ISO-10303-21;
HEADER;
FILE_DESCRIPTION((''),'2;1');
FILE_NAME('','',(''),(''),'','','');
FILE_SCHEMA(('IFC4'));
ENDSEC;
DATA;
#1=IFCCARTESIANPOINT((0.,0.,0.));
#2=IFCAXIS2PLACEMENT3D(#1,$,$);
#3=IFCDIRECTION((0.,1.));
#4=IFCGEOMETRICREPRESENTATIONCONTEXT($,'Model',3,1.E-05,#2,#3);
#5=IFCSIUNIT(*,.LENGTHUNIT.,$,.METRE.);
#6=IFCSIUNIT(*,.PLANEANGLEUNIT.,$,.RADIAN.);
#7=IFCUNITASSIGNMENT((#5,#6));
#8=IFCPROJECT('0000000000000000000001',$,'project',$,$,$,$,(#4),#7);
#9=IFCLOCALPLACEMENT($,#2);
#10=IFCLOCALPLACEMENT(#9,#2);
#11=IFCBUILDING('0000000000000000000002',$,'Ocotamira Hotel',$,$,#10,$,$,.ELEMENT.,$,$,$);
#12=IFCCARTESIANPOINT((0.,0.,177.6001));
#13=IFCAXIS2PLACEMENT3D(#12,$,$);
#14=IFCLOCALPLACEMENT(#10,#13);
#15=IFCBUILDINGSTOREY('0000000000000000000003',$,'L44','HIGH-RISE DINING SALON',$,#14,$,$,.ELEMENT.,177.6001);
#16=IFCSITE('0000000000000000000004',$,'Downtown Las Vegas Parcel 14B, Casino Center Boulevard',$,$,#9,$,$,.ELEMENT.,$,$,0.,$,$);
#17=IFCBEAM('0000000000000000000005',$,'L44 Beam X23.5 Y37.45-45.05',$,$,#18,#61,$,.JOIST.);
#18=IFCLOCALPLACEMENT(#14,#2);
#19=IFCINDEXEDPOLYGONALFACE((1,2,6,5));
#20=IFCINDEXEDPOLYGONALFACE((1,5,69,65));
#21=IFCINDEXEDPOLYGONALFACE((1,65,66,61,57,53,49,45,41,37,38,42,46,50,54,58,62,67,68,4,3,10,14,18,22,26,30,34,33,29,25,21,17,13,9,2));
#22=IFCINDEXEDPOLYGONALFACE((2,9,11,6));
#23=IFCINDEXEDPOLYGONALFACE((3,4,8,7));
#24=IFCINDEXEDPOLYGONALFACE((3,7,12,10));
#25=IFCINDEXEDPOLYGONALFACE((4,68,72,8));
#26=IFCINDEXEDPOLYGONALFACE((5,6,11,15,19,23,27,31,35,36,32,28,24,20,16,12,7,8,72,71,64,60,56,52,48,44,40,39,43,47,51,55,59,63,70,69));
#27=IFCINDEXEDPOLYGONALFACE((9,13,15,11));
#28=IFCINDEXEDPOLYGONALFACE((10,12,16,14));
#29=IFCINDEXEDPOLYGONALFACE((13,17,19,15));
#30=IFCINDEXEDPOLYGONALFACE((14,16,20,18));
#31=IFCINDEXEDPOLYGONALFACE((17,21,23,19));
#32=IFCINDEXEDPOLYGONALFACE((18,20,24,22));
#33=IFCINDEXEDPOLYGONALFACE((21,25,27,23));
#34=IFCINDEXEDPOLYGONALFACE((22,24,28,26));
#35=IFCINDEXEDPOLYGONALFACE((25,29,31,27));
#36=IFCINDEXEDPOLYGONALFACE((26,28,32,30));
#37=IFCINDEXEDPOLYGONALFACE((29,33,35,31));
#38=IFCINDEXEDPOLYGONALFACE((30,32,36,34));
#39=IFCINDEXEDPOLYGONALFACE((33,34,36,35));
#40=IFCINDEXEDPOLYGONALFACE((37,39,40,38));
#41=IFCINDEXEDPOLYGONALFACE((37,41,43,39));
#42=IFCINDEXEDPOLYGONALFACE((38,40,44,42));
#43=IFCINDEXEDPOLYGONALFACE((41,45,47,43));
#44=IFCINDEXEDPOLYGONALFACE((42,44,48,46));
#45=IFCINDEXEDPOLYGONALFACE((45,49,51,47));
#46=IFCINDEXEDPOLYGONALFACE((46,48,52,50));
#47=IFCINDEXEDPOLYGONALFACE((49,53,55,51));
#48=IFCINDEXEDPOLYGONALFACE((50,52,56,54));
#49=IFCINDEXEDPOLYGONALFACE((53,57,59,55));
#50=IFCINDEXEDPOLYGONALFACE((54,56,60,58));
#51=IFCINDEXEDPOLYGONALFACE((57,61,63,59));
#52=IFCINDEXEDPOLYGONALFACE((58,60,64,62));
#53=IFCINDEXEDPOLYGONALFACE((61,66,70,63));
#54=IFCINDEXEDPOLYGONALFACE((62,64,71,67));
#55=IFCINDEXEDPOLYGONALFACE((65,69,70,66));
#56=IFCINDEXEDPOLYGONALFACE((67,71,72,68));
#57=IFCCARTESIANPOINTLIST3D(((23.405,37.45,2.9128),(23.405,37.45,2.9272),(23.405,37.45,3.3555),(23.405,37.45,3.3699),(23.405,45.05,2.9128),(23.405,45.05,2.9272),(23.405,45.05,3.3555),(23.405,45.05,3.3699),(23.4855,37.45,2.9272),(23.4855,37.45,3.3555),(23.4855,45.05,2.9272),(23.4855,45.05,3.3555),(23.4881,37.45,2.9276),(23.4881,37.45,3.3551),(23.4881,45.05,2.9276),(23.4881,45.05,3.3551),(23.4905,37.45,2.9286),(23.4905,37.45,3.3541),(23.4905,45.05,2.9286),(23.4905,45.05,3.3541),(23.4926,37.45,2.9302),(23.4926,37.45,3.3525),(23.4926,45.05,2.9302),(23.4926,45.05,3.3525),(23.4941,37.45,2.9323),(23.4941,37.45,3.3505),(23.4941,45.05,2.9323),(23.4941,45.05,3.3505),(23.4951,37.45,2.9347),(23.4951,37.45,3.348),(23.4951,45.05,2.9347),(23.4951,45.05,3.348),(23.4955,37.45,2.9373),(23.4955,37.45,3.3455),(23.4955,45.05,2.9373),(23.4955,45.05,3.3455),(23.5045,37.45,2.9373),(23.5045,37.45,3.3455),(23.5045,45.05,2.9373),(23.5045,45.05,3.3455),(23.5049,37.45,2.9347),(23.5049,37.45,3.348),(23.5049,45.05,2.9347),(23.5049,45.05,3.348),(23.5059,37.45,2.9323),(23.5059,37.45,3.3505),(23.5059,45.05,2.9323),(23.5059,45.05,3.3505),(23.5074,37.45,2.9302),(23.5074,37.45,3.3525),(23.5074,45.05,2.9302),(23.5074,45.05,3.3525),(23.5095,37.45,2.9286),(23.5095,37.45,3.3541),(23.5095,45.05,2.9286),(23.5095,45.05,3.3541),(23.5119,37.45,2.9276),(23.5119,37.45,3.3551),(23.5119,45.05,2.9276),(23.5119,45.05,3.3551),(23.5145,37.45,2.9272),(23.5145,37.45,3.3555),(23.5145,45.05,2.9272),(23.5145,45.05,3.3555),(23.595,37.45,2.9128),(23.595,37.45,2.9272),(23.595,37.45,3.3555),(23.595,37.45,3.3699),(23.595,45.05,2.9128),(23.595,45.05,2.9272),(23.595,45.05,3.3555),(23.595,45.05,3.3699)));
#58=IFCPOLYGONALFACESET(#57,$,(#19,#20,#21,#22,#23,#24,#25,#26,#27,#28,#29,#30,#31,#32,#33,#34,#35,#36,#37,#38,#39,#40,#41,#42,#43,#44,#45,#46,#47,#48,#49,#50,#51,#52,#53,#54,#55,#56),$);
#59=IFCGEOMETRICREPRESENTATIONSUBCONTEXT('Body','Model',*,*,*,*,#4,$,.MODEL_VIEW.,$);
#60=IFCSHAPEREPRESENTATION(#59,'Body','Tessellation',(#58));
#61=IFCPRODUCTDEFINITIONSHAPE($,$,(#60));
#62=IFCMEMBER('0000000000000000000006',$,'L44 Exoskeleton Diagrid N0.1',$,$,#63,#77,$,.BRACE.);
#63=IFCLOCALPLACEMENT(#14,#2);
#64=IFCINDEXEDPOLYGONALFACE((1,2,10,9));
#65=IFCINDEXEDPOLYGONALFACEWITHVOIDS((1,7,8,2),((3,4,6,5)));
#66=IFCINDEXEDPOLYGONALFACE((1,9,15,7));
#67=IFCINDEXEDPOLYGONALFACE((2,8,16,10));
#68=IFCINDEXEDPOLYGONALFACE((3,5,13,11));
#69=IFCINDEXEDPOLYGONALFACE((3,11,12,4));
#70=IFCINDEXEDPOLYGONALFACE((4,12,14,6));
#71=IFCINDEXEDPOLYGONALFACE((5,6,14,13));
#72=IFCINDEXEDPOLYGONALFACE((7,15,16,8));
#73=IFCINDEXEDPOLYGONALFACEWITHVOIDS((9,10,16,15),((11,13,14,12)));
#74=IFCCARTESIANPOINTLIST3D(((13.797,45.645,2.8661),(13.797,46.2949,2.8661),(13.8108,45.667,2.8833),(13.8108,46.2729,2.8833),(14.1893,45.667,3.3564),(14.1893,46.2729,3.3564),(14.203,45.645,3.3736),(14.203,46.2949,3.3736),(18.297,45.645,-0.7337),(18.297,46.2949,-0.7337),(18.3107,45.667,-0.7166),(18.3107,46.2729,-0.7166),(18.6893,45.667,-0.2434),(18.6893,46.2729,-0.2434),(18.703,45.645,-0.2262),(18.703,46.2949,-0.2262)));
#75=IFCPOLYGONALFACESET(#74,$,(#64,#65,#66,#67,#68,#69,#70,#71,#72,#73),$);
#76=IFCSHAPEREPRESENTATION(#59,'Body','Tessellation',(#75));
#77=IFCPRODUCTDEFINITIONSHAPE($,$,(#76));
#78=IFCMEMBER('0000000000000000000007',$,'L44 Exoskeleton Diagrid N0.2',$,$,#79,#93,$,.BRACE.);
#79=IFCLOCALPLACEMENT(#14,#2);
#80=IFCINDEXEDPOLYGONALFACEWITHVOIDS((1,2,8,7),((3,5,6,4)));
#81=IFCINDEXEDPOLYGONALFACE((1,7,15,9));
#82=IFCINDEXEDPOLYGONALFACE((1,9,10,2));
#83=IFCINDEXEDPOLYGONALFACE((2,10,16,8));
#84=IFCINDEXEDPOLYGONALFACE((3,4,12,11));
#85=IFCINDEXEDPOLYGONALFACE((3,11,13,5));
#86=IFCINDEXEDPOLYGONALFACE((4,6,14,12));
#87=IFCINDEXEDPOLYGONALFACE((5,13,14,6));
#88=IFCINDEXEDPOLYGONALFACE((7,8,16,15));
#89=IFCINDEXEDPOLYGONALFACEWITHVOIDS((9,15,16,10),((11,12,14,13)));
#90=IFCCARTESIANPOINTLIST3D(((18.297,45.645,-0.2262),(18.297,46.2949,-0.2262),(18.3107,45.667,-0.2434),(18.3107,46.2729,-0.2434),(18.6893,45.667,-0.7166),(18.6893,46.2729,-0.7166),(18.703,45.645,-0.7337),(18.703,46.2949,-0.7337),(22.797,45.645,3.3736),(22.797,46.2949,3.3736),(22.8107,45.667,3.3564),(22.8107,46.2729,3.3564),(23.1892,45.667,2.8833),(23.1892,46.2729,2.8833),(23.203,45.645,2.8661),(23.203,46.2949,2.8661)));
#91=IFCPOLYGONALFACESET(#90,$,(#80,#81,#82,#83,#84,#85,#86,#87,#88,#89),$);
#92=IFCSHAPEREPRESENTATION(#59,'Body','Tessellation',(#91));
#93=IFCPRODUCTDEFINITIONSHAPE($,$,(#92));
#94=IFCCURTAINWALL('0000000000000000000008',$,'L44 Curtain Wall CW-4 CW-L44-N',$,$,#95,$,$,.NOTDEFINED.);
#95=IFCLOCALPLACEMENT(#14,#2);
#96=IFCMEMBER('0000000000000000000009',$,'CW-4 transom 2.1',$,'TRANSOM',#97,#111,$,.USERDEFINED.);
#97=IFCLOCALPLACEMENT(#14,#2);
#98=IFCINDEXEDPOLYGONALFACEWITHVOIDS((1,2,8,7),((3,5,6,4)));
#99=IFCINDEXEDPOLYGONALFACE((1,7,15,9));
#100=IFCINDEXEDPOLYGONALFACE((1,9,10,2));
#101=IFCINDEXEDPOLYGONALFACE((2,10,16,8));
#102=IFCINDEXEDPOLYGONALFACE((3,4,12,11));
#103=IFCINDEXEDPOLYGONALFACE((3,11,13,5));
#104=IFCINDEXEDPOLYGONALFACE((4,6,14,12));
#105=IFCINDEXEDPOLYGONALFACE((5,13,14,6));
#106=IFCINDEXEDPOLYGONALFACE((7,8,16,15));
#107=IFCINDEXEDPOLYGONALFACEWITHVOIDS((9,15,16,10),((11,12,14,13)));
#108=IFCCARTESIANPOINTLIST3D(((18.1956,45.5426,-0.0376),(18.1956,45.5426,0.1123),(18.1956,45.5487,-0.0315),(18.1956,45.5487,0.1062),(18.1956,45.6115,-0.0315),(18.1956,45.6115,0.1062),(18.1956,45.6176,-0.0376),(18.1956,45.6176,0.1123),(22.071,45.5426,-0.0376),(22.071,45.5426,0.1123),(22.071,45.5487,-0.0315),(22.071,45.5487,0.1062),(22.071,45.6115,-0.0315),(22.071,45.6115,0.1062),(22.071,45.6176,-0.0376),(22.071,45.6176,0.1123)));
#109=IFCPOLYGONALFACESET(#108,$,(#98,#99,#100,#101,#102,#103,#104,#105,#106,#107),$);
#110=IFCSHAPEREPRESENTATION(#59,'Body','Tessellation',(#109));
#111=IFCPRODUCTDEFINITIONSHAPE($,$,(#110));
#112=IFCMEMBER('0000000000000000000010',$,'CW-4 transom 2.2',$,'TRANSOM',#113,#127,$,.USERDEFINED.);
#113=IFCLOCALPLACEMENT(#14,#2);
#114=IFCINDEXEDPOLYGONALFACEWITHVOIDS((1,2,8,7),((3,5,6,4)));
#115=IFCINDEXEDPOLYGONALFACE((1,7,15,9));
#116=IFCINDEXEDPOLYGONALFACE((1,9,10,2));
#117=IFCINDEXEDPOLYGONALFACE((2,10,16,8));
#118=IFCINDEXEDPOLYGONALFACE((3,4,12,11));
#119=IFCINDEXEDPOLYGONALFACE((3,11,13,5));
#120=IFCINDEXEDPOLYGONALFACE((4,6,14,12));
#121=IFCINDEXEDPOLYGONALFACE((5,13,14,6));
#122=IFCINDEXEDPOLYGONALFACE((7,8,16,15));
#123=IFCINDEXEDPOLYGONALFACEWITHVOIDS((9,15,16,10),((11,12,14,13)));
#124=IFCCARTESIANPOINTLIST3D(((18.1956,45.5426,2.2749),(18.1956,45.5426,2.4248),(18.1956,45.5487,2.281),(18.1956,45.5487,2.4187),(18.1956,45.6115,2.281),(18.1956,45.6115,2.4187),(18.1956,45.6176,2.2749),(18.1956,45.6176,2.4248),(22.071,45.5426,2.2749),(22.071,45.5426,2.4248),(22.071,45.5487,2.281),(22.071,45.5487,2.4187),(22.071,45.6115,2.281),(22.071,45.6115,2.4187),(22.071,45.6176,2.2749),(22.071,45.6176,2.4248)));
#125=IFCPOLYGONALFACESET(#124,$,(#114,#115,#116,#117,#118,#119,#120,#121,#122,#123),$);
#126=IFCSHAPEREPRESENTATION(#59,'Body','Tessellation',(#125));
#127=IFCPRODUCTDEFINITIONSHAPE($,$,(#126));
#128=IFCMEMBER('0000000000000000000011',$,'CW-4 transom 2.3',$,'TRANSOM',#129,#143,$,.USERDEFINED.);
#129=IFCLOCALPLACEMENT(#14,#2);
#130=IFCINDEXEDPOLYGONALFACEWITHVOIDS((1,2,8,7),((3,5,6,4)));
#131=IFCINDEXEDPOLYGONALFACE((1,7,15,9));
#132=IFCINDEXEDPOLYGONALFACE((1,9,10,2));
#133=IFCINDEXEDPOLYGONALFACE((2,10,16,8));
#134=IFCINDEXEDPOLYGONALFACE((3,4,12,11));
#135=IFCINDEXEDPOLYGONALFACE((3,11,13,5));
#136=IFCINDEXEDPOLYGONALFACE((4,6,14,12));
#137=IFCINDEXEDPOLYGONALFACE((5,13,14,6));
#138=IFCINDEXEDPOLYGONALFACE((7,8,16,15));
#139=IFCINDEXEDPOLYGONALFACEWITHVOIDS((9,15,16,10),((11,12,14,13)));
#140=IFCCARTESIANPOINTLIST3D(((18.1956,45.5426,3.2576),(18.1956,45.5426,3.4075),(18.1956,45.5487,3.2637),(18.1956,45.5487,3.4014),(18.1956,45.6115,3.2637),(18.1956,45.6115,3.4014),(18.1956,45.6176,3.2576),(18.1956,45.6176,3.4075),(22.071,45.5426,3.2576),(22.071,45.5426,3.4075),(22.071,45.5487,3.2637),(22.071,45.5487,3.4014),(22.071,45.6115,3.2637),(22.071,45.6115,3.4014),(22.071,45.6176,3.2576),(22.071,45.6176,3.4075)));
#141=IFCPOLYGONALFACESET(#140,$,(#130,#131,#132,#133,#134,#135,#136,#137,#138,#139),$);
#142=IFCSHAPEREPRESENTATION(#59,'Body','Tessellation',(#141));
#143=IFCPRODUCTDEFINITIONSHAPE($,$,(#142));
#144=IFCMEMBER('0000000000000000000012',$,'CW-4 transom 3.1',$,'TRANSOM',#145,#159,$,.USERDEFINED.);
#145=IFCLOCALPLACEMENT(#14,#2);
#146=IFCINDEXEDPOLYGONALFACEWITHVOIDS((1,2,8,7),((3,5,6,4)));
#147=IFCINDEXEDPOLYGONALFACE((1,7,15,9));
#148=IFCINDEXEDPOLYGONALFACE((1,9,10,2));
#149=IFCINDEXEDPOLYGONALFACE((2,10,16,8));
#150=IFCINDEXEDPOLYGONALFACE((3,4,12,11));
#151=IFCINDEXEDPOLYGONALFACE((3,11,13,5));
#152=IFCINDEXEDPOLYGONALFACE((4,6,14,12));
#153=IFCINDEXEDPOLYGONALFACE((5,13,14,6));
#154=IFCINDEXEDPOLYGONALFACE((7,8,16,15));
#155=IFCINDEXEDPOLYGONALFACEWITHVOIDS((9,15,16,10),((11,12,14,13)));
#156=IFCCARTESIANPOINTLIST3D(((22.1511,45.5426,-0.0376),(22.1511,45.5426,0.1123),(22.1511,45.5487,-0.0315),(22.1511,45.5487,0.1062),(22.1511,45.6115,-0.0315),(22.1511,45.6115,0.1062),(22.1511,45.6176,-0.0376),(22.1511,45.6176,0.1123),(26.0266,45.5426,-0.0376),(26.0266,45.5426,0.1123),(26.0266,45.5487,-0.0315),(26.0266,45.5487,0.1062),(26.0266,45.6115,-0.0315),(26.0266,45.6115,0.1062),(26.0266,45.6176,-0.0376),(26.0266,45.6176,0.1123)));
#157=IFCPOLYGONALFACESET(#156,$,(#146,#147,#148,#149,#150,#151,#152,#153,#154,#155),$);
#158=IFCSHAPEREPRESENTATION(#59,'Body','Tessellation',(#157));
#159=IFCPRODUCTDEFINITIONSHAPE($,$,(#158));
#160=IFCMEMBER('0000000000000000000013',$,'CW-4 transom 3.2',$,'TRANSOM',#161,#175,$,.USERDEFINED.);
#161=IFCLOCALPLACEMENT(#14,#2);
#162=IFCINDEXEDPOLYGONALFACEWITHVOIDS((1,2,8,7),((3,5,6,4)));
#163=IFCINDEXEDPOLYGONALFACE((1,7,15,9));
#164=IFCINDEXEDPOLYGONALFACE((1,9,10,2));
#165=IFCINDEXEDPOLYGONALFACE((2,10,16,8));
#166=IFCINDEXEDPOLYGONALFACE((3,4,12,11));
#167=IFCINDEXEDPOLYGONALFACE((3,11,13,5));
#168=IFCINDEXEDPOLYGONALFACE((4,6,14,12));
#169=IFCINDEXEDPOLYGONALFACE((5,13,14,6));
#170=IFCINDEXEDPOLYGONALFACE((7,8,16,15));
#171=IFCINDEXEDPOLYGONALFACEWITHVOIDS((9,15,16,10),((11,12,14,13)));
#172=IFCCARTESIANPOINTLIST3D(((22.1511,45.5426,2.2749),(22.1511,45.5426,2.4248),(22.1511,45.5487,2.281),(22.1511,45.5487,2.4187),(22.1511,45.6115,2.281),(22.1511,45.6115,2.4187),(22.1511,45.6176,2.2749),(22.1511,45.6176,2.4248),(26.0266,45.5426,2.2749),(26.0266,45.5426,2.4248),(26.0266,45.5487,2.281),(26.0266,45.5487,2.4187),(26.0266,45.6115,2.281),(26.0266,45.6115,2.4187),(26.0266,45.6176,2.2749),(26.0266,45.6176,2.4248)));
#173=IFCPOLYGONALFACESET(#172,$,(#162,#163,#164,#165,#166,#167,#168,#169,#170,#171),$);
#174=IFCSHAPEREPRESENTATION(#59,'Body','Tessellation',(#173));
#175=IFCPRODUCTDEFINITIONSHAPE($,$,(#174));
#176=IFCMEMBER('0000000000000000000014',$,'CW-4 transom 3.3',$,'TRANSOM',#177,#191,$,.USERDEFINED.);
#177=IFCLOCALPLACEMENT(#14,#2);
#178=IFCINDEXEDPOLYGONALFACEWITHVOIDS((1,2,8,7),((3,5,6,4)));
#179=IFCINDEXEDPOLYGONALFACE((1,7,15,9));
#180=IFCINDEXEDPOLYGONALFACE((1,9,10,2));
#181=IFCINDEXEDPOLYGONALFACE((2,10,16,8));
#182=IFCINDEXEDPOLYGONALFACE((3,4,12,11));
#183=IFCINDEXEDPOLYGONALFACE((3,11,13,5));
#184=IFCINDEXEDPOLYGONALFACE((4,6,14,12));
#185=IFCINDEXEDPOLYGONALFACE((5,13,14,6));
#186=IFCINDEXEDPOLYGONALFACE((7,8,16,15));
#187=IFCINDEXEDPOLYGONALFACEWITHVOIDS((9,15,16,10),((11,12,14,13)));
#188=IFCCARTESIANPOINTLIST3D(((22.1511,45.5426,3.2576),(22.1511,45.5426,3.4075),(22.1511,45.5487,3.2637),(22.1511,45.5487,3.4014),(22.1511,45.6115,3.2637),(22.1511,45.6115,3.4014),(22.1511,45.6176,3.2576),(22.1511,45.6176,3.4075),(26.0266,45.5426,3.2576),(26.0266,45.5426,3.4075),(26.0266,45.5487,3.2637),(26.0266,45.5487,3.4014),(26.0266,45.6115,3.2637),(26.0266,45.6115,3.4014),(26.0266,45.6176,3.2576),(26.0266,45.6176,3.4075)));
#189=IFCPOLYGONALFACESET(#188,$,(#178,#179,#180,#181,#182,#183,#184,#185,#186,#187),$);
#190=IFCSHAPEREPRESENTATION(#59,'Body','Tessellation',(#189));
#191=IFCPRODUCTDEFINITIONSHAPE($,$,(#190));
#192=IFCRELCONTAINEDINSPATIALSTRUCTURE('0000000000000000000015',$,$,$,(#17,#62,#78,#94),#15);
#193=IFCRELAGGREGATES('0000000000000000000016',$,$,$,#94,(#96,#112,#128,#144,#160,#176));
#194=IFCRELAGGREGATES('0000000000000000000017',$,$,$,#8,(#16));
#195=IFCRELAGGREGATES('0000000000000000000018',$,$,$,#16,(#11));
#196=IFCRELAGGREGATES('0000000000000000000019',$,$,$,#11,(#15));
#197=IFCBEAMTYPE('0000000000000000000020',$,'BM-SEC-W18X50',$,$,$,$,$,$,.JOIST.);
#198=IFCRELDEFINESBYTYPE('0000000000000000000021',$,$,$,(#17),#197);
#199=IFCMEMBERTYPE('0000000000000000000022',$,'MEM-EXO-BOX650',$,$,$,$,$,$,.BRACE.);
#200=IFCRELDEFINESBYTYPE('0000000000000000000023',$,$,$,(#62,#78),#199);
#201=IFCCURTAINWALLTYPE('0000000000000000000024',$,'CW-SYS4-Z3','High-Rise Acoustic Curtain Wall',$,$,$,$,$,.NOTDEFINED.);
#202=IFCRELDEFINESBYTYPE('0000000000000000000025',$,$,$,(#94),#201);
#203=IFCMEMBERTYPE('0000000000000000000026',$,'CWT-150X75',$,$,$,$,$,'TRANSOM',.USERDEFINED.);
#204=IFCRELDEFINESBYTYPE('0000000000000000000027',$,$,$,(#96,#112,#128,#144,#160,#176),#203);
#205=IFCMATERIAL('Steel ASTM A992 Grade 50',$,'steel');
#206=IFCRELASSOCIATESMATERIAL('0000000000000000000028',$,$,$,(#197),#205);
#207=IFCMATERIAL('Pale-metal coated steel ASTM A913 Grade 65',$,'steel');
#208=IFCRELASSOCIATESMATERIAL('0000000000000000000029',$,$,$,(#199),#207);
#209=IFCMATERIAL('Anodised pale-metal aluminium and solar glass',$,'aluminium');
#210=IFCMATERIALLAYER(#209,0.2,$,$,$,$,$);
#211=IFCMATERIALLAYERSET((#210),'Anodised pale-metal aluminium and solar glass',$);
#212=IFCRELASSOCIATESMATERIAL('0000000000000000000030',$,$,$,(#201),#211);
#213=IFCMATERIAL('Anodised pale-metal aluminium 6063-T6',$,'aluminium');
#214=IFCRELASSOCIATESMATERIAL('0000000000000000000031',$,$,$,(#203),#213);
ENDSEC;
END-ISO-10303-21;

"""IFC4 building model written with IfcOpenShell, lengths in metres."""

from ifc_helpers import new_model, si_unit, direction, frame, origin, origin_2d, place, context, subcontext, project, spatial, hollow_rectangle, i_section, extrude, source, transform, mapped, material, layer, layer_set, material_profile, profile_set, type_object, element, aggregate, save


model = new_model("IFC4")

# Units and contexts
model_context = context("Model", 3, precision=1e-05, world=origin(), true_north=direction((0.0, 1.0)))
body_context = subcontext(model_context, "Body", "Model", "MODEL_VIEW")
ifc_project = project(units=[si_unit("LENGTHUNIT", "METRE"), si_unit("PLANEANGLEUNIT", "RADIAN")], contexts=[model_context])

# Site, building, storey
site_placement = place(None, origin())
site = spatial("IfcSite", under=ifc_project, at=site_placement, Name="Downtown Las Vegas Parcel 14B, Casino Center Boulevard", CompositionType="ELEMENT", RefElevation=0.0)
building_placement = place(site_placement, origin())
building = spatial("IfcBuilding", under=site, at=building_placement, Name="Ocotamira Hotel", CompositionType="ELEMENT")
storey_placement = place(building_placement, frame((0.0, 0.0, 177.6001)))
storey = spatial("IfcBuildingStorey", under=building, at=storey_placement, Name="L44", Description="HIGH-RISE DINING SALON", CompositionType="ELEMENT", Elevation=177.6001)

# Beam
ifc_material_1 = material(Name="Steel ASTM A992 Grade 50", Category="steel")
ifc_material_profile_1 = material_profile(ifc_material_1, i_section(OverallWidth=0.1899, OverallDepth=0.457, WebThickness=0.009, FlangeThickness=0.0144, FilletRadius=0.01, at=origin_2d()), Name="W18X50")
ifc_profile_set_1 = profile_set([ifc_material_profile_1], Name="Steel ASTM A992 Grade 50")
beam_type_1 = type_object("IfcBeamType", Name="BM-SEC-W18X50", PredefinedType="JOIST", material=ifc_profile_set_1)
shared_shape_1 = source(origin(), body_context, "Body", "SweptSolid", [
    extrude(i_section(OverallWidth=0.1899, OverallDepth=0.457, WebThickness=0.009, FlangeThickness=0.0144, FilletRadius=0.01, at=origin_2d()), origin(), (0.0, 0.0, 1.0), 7.6001),
])
beam_1_placement = place(storey_placement, frame((23.5, 37.45, 3.1414), z_axis=(0.0, 1.0, 0.0), x_axis=(-1.0, 0.0, 0.0)))
element("IfcBeam", 1, at=beam_1_placement, inside=storey, type_object=beam_type_1, Name="L44 Beam X23.5 Y37.45-45.05", PredefinedType="JOIST", context=body_context, shape_type="MappedRepresentation", body=[
    mapped(shared_shape_1, transform((0.0, 0.0, 0.0), scale=1.0)),
])

# Members
ifc_material_2 = material(Name="Pale-metal coated steel ASTM A913 Grade 65", Category="steel")
ifc_material_profile_2 = material_profile(ifc_material_2, hollow_rectangle(XDim=0.6499, YDim=0.6499, WallThickness=0.022, at=origin_2d()), Name="BOX650X650X22")
ifc_profile_set_2 = profile_set([ifc_material_profile_2], Name="Pale-metal coated steel ASTM A913 Grade 65")
member_type_1 = type_object("IfcMemberType", Name="MEM-EXO-BOX650", PredefinedType="BRACE", material=ifc_profile_set_2)
shared_shape_2 = source(origin(), body_context, "Body", "SweptSolid", [
    extrude(hollow_rectangle(XDim=0.6499, YDim=0.6499, WallThickness=0.022, at=origin_2d()), origin(), (0.0, 0.0, 1.0), 5.7627),
])
for number, where, z_axis, x_axis, name in (
    (2, (18.5, 45.97, -0.48), (-0.780881, 0.0, 0.62468), (0.0, -1.0, 0.0), "L44 Exoskeleton Diagrid N0.1"),
    (3, (18.5, 45.97, -0.48), (0.780881, 0.0, 0.62468), (0.0, 1.0, 0.0), "L44 Exoskeleton Diagrid N0.2"),
):
    element("IfcMember", number, at=place(storey_placement, frame(where, z_axis=z_axis, x_axis=x_axis)), inside=storey, type_object=member_type_1, Name=name, PredefinedType="BRACE", context=body_context, shape_type="MappedRepresentation", body=[
        mapped(shared_shape_2, transform((0.0, 0.0, 0.0), scale=1.0)),
    ])

# Curtain wall, members
ifc_material_3 = material(Name="Anodised pale-metal aluminium and solar glass", Category="aluminium")
ifc_layer_1 = layer(ifc_material_3, 0.2)
ifc_layer_set_1 = layer_set([ifc_layer_1], Name="Anodised pale-metal aluminium and solar glass")
curtain_wall_type = type_object("IfcCurtainWallType", Name="CW-SYS4-Z3", Description="High-Rise Acoustic Curtain Wall", PredefinedType="NOTDEFINED", material=ifc_layer_set_1)
curtain_wall_placement = place(storey_placement, origin())
curtain_wall = element("IfcCurtainWall", 4, at=curtain_wall_placement, inside=storey, type_object=curtain_wall_type, Name="L44 Curtain Wall CW-4 CW-L44-N", PredefinedType="NOTDEFINED")
ifc_material_4 = material(Name="Anodised pale-metal aluminium 6063-T6", Category="aluminium")
ifc_material_profile_3 = material_profile(ifc_material_4, hollow_rectangle(XDim=0.075, YDim=0.1499, WallThickness=0.0061, at=origin_2d()), Name="HSS150X75X6")
ifc_profile_set_3 = profile_set([ifc_material_profile_3], Name="Anodised pale-metal aluminium 6063-T6")
member_type_2 = type_object("IfcMemberType", Name="CWT-150X75", ElementType="TRANSOM", PredefinedType="USERDEFINED", material=ifc_profile_set_3)
shared_shape_3 = source(origin(), body_context, "Body", "SweptSolid", [
    extrude(hollow_rectangle(XDim=0.075, YDim=0.1499, WallThickness=0.0061, at=origin_2d()), origin(), (0.0, 0.0, 1.0), 3.8755),
])
member_1_placement = place(storey_placement, frame((18.1956, 45.5801, 0.0374), z_axis=(1.0, 0.0, 0.0), x_axis=(0.0, 1.0, 0.0)))
member_1 = element("IfcMember", 5, at=member_1_placement, type_object=member_type_2, Name="CW-4 transom 2.1", ObjectType="TRANSOM", PredefinedType="USERDEFINED", context=body_context, shape_type="MappedRepresentation", body=[
    mapped(shared_shape_3, transform((0.0, 0.0, 0.0), scale=1.0)),
])
member_2_placement = place(storey_placement, frame((18.1956, 45.5801, 2.3499), z_axis=(1.0, 0.0, 0.0), x_axis=(0.0, 1.0, 0.0)))
member_2 = element("IfcMember", 6, at=member_2_placement, type_object=member_type_2, Name="CW-4 transom 2.2", ObjectType="TRANSOM", PredefinedType="USERDEFINED", context=body_context, shape_type="MappedRepresentation", body=[
    mapped(shared_shape_3, transform((0.0, 0.0, 0.0), scale=1.0)),
])
member_3_placement = place(storey_placement, frame((18.1956, 45.5801, 3.3325), z_axis=(1.0, 0.0, 0.0), x_axis=(0.0, 1.0, 0.0)))
member_3 = element("IfcMember", 7, at=member_3_placement, type_object=member_type_2, Name="CW-4 transom 2.3", ObjectType="TRANSOM", PredefinedType="USERDEFINED", context=body_context, shape_type="MappedRepresentation", body=[
    mapped(shared_shape_3, transform((0.0, 0.0, 0.0), scale=1.0)),
])
member_4_placement = place(storey_placement, frame((22.1511, 45.5801, 0.0374), z_axis=(1.0, 0.0, 0.0), x_axis=(0.0, 1.0, 0.0)))
member_4 = element("IfcMember", 8, at=member_4_placement, type_object=member_type_2, Name="CW-4 transom 3.1", ObjectType="TRANSOM", PredefinedType="USERDEFINED", context=body_context, shape_type="MappedRepresentation", body=[
    mapped(shared_shape_3, transform((0.0, 0.0, 0.0), scale=1.0)),
])
member_5_placement = place(storey_placement, frame((22.1511, 45.5801, 2.3499), z_axis=(1.0, 0.0, 0.0), x_axis=(0.0, 1.0, 0.0)))
member_5 = element("IfcMember", 9, at=member_5_placement, type_object=member_type_2, Name="CW-4 transom 3.2", ObjectType="TRANSOM", PredefinedType="USERDEFINED", context=body_context, shape_type="MappedRepresentation", body=[
    mapped(shared_shape_3, transform((0.0, 0.0, 0.0), scale=1.0)),
])
member_6_placement = place(storey_placement, frame((22.1511, 45.5801, 3.3325), z_axis=(1.0, 0.0, 0.0), x_axis=(0.0, 1.0, 0.0)))
member_6 = element("IfcMember", 10, at=member_6_placement, type_object=member_type_2, Name="CW-4 transom 3.3", ObjectType="TRANSOM", PredefinedType="USERDEFINED", context=body_context, shape_type="MappedRepresentation", body=[
    mapped(shared_shape_3, transform((0.0, 0.0, 0.0), scale=1.0)),
])

aggregate(curtain_wall, [member_1, member_2, member_3, member_4, member_5, member_6])

save(model, "model.ifc")
